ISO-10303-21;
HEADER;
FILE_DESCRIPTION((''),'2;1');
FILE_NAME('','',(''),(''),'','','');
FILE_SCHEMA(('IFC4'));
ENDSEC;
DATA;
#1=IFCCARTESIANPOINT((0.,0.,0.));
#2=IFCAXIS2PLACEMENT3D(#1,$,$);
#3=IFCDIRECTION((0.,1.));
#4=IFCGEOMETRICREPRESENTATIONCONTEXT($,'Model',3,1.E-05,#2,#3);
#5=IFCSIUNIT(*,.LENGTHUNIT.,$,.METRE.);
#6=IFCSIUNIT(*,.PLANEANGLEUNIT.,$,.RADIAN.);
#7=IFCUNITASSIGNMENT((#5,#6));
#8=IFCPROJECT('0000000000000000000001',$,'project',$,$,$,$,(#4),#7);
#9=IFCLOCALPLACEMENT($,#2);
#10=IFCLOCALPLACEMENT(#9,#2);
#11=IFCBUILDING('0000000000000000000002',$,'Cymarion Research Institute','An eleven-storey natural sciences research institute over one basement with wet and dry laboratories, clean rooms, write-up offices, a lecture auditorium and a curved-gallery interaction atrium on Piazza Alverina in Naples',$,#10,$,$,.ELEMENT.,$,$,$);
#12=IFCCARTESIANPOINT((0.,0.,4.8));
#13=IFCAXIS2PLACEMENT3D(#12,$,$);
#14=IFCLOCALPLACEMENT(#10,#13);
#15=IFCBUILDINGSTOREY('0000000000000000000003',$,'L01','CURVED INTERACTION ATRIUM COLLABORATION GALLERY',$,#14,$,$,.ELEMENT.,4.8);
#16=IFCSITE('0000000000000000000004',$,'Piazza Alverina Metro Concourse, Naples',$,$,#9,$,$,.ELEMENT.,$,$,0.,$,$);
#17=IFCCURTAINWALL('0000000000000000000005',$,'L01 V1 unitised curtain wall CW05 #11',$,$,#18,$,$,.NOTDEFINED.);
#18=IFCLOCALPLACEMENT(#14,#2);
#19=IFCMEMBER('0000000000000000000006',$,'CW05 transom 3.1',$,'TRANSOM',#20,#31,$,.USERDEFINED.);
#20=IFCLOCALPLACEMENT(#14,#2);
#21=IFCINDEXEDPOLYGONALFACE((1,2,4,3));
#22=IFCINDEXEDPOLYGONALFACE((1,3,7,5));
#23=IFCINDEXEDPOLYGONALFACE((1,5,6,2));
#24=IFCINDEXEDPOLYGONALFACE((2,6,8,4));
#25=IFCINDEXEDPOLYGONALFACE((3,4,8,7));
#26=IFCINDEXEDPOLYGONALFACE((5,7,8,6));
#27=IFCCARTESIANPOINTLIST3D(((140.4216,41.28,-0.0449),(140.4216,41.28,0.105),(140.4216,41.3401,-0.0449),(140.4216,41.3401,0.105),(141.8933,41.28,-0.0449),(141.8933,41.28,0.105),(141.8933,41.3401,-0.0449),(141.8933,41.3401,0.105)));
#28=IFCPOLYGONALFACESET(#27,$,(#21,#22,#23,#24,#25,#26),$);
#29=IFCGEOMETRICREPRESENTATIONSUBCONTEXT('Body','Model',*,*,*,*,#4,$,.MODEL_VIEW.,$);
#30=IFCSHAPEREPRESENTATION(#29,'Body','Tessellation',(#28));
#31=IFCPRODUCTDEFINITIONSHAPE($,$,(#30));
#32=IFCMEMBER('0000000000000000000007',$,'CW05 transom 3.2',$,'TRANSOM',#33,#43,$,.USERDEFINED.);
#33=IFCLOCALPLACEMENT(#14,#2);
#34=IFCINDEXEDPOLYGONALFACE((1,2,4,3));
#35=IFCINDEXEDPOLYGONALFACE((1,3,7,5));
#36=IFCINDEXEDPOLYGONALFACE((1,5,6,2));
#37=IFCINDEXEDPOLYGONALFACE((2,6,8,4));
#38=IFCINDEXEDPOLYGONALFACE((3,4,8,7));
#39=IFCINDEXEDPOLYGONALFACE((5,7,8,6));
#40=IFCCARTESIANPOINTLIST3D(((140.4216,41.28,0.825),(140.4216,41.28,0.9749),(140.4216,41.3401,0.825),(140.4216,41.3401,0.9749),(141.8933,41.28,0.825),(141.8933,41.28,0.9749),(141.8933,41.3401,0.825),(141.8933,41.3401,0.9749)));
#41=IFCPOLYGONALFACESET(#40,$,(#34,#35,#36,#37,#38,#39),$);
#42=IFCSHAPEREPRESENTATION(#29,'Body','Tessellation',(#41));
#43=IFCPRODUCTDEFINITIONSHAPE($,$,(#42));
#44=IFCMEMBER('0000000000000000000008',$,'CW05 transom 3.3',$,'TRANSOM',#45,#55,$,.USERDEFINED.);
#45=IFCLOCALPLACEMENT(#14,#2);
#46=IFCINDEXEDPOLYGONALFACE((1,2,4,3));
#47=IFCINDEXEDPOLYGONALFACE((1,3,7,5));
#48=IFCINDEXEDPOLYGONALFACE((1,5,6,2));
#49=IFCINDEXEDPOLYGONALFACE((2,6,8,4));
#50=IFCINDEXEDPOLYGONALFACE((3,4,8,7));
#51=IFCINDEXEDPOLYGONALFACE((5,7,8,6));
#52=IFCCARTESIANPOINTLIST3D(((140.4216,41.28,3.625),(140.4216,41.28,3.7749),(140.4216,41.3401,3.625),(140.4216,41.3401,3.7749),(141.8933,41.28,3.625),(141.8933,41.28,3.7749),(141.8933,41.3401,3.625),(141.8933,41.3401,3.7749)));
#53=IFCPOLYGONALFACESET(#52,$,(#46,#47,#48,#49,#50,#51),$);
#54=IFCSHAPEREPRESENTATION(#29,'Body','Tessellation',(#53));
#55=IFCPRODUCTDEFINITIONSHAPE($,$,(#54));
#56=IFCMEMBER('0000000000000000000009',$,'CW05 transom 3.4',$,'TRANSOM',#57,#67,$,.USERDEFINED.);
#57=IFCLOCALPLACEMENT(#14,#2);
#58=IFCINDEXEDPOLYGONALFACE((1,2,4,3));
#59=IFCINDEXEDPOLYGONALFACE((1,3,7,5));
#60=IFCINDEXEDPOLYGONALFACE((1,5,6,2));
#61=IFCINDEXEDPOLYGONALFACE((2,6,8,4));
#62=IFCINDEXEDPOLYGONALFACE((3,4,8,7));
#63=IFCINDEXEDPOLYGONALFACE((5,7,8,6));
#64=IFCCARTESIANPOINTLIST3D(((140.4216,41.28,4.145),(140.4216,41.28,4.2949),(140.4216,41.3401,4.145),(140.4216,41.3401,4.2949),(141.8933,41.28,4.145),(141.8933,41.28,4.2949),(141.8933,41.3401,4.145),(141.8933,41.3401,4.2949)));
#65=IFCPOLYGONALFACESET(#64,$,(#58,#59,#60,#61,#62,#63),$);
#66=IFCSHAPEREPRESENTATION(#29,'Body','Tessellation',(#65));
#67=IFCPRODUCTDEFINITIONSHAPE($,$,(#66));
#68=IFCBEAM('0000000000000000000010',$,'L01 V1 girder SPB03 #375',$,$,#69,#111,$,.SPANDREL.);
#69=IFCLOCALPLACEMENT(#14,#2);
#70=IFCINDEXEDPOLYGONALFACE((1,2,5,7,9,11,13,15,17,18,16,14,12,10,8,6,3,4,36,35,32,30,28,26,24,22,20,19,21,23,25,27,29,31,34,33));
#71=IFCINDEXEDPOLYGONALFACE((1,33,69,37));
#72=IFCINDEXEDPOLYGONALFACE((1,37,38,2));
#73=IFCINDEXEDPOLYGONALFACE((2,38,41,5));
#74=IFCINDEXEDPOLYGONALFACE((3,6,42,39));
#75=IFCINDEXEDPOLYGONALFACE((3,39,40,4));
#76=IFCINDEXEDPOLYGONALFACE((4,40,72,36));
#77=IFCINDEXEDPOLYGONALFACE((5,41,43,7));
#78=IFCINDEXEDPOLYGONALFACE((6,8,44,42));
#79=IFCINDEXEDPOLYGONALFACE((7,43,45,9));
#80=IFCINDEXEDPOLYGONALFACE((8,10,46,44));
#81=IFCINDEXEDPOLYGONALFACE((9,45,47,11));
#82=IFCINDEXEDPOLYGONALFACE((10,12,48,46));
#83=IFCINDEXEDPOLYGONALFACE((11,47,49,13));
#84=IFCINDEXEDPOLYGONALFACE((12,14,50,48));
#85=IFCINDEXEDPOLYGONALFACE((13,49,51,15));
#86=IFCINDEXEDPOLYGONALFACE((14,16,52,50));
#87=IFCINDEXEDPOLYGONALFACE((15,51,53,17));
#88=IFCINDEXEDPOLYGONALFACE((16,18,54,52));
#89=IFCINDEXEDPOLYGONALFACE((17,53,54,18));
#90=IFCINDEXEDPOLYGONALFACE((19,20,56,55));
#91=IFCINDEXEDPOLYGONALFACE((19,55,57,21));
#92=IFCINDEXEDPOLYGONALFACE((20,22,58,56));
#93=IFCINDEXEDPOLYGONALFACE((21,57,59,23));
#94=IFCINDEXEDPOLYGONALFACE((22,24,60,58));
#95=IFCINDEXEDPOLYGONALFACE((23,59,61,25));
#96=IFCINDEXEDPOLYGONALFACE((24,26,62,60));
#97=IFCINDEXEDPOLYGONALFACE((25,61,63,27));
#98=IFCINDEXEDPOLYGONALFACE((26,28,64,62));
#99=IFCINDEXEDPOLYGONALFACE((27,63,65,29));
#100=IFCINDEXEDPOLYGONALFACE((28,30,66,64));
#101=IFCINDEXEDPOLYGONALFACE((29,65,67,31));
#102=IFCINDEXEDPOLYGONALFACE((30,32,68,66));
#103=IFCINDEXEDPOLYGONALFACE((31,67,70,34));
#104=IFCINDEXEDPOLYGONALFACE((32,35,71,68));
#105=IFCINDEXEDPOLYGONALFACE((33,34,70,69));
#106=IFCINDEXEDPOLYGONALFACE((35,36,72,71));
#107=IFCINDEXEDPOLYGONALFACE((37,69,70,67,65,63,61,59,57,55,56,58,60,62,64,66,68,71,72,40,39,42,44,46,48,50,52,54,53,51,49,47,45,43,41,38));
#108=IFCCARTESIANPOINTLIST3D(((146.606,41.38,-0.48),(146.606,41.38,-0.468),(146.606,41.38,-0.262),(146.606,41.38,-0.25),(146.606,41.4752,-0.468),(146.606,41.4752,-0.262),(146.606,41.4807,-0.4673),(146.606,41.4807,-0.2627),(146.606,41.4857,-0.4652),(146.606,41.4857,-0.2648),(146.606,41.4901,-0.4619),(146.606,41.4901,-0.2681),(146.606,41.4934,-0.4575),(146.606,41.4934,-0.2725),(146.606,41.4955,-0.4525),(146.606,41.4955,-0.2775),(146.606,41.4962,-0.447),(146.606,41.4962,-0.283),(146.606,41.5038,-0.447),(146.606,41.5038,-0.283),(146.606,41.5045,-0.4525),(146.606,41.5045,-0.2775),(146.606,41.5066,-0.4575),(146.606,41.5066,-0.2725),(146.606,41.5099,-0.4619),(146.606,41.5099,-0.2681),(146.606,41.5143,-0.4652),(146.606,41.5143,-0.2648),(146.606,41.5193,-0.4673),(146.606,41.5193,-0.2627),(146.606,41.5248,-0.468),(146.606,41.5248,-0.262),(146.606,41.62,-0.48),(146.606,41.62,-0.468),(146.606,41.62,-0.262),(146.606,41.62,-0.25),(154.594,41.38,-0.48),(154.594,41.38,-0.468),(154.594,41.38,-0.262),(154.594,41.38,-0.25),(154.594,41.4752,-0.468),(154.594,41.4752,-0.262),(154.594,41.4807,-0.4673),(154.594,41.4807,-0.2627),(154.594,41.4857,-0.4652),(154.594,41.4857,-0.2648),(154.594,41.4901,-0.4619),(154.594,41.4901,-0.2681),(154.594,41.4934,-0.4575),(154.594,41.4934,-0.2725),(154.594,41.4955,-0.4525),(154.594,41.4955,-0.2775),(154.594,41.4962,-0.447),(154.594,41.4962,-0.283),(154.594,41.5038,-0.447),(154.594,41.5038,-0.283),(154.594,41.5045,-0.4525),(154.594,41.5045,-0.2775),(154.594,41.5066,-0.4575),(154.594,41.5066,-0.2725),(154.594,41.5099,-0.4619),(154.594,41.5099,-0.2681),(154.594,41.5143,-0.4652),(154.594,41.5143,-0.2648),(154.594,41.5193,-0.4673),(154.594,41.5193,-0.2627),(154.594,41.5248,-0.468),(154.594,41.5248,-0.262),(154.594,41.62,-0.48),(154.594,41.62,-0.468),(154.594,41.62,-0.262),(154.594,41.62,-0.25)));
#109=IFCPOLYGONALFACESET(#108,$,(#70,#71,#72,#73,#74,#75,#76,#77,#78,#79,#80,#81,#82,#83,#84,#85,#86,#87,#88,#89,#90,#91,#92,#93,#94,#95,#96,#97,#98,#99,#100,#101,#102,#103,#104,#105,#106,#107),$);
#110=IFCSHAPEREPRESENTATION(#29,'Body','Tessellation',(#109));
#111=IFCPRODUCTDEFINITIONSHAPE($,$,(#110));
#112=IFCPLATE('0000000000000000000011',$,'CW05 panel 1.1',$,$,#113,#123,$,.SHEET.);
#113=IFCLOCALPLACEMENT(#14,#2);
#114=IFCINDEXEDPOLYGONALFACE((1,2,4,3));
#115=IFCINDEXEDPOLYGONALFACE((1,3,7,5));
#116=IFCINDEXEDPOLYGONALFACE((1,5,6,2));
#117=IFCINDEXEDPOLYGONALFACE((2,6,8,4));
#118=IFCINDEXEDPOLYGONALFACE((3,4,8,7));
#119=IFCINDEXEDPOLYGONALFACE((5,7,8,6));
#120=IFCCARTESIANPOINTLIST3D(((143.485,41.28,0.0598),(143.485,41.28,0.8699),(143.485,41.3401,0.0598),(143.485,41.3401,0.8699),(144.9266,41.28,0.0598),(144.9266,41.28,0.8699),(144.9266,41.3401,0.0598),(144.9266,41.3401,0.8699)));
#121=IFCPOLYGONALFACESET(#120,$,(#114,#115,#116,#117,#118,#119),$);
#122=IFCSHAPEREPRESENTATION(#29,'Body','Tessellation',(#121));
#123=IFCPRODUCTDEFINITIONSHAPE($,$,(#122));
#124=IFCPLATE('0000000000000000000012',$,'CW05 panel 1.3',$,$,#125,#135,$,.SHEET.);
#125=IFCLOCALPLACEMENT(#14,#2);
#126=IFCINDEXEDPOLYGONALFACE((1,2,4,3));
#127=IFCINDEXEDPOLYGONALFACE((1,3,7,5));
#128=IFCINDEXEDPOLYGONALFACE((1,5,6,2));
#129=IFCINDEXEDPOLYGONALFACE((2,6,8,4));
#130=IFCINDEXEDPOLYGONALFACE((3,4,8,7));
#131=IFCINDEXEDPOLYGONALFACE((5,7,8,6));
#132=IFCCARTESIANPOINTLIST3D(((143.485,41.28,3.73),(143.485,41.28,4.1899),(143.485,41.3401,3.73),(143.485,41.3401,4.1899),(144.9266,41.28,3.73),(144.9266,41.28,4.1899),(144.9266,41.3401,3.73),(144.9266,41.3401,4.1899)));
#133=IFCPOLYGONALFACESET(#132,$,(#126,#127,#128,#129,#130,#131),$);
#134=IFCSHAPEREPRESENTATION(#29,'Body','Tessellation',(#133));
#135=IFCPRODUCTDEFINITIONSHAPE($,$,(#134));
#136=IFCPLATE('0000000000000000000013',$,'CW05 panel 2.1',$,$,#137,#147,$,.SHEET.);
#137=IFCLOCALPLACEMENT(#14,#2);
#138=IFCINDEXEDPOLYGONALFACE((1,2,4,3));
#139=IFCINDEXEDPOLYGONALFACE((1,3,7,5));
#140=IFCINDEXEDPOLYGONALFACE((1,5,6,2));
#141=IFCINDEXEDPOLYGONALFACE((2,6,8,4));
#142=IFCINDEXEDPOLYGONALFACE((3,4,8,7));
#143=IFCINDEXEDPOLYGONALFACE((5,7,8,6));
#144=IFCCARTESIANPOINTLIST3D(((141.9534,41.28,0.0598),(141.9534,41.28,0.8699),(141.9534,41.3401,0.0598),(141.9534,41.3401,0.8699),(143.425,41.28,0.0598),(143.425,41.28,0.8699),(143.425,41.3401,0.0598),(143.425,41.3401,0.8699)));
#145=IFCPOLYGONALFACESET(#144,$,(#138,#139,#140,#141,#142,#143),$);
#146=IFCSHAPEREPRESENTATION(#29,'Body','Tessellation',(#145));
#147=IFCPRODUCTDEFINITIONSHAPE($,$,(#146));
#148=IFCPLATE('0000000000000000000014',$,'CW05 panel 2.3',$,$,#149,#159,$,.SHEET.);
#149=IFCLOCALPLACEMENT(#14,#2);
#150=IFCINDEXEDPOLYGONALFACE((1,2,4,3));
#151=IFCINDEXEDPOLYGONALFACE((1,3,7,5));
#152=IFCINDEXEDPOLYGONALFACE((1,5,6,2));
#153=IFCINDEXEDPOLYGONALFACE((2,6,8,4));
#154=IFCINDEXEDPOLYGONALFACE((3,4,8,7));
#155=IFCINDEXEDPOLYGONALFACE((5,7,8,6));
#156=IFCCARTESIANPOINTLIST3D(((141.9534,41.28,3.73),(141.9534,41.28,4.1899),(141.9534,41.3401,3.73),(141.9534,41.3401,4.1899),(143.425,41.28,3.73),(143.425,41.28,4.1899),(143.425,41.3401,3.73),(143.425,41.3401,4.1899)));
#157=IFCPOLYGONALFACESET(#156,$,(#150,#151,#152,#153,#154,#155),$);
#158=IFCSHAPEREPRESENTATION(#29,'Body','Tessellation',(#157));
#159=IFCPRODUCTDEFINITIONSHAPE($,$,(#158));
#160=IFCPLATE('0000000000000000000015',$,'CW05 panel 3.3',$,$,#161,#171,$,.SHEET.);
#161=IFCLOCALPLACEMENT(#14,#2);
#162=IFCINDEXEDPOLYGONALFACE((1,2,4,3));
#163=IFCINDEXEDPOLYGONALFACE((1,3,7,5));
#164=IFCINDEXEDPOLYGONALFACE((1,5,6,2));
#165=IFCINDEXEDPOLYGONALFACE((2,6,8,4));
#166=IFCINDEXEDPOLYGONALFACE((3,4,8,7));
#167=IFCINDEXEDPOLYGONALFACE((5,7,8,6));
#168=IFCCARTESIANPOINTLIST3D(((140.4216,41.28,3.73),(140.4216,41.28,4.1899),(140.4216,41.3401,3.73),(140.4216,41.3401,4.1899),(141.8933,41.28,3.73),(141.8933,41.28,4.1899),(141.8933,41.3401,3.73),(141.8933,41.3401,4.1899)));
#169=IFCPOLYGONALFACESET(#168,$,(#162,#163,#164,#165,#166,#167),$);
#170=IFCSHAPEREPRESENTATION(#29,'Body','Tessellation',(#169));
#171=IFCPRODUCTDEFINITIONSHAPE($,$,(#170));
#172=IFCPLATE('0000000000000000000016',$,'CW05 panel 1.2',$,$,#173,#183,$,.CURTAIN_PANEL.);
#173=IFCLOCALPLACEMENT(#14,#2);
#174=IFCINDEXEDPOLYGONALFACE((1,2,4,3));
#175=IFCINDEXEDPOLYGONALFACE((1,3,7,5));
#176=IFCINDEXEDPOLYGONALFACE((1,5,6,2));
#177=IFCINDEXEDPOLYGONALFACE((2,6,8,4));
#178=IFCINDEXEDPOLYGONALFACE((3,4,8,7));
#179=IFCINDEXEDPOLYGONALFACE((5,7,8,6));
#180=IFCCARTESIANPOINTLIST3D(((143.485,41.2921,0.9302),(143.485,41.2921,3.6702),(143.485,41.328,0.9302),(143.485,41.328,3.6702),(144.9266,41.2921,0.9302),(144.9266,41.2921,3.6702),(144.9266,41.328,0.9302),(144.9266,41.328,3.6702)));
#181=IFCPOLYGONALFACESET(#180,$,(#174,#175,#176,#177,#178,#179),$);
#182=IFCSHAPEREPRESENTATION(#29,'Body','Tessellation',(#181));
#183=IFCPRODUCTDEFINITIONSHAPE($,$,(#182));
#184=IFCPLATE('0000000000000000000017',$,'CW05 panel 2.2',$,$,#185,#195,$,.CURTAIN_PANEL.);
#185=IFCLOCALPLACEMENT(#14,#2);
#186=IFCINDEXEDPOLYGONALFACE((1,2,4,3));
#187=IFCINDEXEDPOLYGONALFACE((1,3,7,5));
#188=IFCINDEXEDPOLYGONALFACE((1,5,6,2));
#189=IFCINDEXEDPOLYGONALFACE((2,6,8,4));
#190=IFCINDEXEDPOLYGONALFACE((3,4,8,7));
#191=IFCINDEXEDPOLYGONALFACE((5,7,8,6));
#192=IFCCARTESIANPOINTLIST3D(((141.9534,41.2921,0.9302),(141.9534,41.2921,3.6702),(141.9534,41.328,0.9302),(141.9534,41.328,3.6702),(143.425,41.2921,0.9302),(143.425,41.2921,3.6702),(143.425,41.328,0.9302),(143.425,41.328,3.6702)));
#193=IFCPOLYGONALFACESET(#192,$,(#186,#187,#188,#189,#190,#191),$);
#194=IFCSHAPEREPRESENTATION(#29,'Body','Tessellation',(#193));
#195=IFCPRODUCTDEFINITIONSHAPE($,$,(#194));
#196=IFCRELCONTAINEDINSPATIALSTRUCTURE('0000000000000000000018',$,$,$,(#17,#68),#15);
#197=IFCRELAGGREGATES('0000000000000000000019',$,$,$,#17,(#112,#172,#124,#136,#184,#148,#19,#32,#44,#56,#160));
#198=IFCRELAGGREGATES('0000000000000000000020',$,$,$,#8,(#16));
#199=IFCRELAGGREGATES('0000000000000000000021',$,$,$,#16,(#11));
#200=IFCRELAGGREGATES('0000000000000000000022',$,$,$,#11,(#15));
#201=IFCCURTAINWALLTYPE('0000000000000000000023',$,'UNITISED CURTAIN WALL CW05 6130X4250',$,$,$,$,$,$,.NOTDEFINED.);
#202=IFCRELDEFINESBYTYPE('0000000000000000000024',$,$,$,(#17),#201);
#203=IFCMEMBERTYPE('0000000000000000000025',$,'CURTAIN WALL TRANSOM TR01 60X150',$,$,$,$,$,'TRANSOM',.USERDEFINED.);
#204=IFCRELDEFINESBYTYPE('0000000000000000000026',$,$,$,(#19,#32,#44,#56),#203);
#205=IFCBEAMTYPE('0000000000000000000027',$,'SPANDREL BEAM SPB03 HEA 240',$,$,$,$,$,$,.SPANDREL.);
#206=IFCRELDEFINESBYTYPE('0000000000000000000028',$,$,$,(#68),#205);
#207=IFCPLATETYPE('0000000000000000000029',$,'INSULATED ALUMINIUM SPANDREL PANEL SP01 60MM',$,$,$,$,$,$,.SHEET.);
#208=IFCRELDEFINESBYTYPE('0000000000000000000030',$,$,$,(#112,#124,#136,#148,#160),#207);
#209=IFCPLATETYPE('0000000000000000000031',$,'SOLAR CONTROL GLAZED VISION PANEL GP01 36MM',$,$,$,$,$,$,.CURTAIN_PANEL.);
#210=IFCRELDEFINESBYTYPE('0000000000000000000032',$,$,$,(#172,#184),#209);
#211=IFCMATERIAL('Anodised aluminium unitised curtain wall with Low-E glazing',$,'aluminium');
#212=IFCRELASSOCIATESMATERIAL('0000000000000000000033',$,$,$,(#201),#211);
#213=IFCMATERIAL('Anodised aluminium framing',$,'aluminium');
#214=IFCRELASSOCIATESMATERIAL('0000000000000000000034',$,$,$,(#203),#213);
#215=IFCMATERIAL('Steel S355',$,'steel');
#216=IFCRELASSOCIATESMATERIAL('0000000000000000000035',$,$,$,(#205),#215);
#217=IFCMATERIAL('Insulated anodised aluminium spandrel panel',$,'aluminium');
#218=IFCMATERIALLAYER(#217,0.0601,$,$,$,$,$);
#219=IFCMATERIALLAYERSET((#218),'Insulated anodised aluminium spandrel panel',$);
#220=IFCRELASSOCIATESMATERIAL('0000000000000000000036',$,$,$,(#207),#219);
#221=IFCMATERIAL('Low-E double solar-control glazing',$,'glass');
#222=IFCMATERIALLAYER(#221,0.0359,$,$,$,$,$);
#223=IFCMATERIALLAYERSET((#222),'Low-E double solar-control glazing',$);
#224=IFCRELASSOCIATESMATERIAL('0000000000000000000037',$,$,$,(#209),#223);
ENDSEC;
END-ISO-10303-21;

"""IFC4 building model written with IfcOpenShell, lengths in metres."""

from ifc_helpers import new_model, si_unit, direction, frame, origin, origin_2d, place, context, subcontext, project, spatial, rectangle, i_section, extrude, material, layer, layer_set, material_profile, profile_set, type_object, element, aggregate, save


model = new_model("IFC4")

# Units and contexts
model_context = context("Model", 3, precision=1e-05, world=origin(), true_north=direction((0.0, 1.0)))
body_context = subcontext(model_context, "Body", "Model", "MODEL_VIEW")
ifc_project = project(units=[si_unit("LENGTHUNIT", "METRE"), si_unit("PLANEANGLEUNIT", "RADIAN")], contexts=[model_context])

# Site, building, storey
site_placement = place(None, origin())
site = spatial("IfcSite", under=ifc_project, at=site_placement, Name="Piazza Alverina Metro Concourse, Naples", CompositionType="ELEMENT", RefElevation=0.0)
building_placement = place(site_placement, origin())
building = spatial("IfcBuilding", under=site, at=building_placement, Name="Cymarion Research Institute", Description="An eleven-storey natural sciences research institute over one basement with wet and dry laboratories, clean rooms, write-up offices, a lecture auditorium and a curved-gallery interaction atrium on Piazza Alverina in Naples", CompositionType="ELEMENT")
storey_placement = place(building_placement, frame((0.0, 0.0, 4.8)))
storey = spatial("IfcBuildingStorey", under=building, at=storey_placement, Name="L01", Description="CURVED INTERACTION ATRIUM COLLABORATION GALLERY", CompositionType="ELEMENT", Elevation=4.8)

# Shared definitions
ifc_material_1 = material(Name="Steel S355", Category="steel")

# Curtain wall, members
ifc_material_2 = material(Name="Anodised aluminium unitised curtain wall with Low-E glazing", Category="aluminium")
curtain_wall_type = type_object("IfcCurtainWallType", Name="UNITISED CURTAIN WALL CW05 6130X4250", PredefinedType="NOTDEFINED", material=ifc_material_2)
curtain_wall_placement = place(storey_placement, origin())
curtain_wall = element("IfcCurtainWall", 1, at=curtain_wall_placement, inside=storey, type_object=curtain_wall_type, Name="L01 V1 unitised curtain wall CW05 #11", PredefinedType="NOTDEFINED")
ifc_material_3 = material(Name="Anodised aluminium framing", Category="aluminium")
ifc_material_profile_1 = material_profile(ifc_material_3, rectangle(XDim=0.0601, YDim=0.1499, at=origin_2d()), Name="ALU TRANSOM 60x150")
ifc_profile_set_1 = profile_set([ifc_material_profile_1], Name="Anodised aluminium framing")
member_type_1 = type_object("IfcMemberType", Name="CURTAIN WALL TRANSOM TR01 60X150", ElementType="TRANSOM", PredefinedType="USERDEFINED", material=ifc_profile_set_1)
member_1_placement = place(storey_placement, frame((141.8933, 41.3101, 0.03), z_axis=(-1.0, 0.0, 0.0), x_axis=(0.0, -1.0, 0.0)))
member_1 = element("IfcMember", 2, at=member_1_placement, type_object=member_type_1, Name="CW05 transom 3.1", ObjectType="TRANSOM", PredefinedType="USERDEFINED", context=body_context, shape_type="SweptSolid", body=[
    extrude(rectangle(XDim=0.0601, YDim=0.1499, at=origin_2d()), origin(), (0.0, 0.0, 1.0), 1.4717),
])
member_2_placement = place(storey_placement, frame((141.8933, 41.3101, 0.8999), z_axis=(-1.0, 0.0, 0.0), x_axis=(0.0, -1.0, 0.0)))
member_2 = element("IfcMember", 3, at=member_2_placement, type_object=member_type_1, Name="CW05 transom 3.2", ObjectType="TRANSOM", PredefinedType="USERDEFINED", context=body_context, shape_type="SweptSolid", body=[
    extrude(rectangle(XDim=0.0601, YDim=0.1499, at=origin_2d()), origin(), (0.0, 0.0, 1.0), 1.4717),
])
member_3_placement = place(storey_placement, frame((141.8933, 41.3101, 3.7), z_axis=(-1.0, 0.0, 0.0), x_axis=(0.0, -1.0, 0.0)))
member_3 = element("IfcMember", 4, at=member_3_placement, type_object=member_type_1, Name="CW05 transom 3.3", ObjectType="TRANSOM", PredefinedType="USERDEFINED", context=body_context, shape_type="SweptSolid", body=[
    extrude(rectangle(XDim=0.0601, YDim=0.1499, at=origin_2d()), origin(), (0.0, 0.0, 1.0), 1.4717),
])
member_4_placement = place(storey_placement, frame((141.8933, 41.3101, 4.22), z_axis=(-1.0, 0.0, 0.0), x_axis=(0.0, -1.0, 0.0)))
member_4 = element("IfcMember", 5, at=member_4_placement, type_object=member_type_1, Name="CW05 transom 3.4", ObjectType="TRANSOM", PredefinedType="USERDEFINED", context=body_context, shape_type="SweptSolid", body=[
    extrude(rectangle(XDim=0.0601, YDim=0.1499, at=origin_2d()), origin(), (0.0, 0.0, 1.0), 1.4717),
])

# Beam
ifc_material_profile_2 = material_profile(ifc_material_1, i_section(OverallWidth=0.24, OverallDepth=0.23, WebThickness=0.0076, FlangeThickness=0.012, FilletRadius=0.021, at=origin_2d()), Name="HEA 240")
ifc_profile_set_2 = profile_set([ifc_material_profile_2], Name="Steel S355")
beam_type = type_object("IfcBeamType", Name="SPANDREL BEAM SPB03 HEA 240", PredefinedType="SPANDREL", material=ifc_profile_set_2)
beam_placement = place(storey_placement, frame((146.606, 41.5, -0.365), z_axis=(1.0, 0.0, 0.0), x_axis=(0.0, 1.0, 0.0)))
element("IfcBeam", 6, at=beam_placement, inside=storey, type_object=beam_type, Name="L01 V1 girder SPB03 #375", PredefinedType="SPANDREL", context=body_context, shape_type="SweptSolid", body=[
    extrude(i_section(OverallWidth=0.24, OverallDepth=0.23, WebThickness=0.0076, FlangeThickness=0.012, FilletRadius=0.021, at=origin_2d()), origin(), (0.0, 0.0, 1.0), 7.988),
])

# Plates
ifc_material_4 = material(Name="Insulated anodised aluminium spandrel panel", Category="aluminium")
ifc_layer_1 = layer(ifc_material_4, 0.0601)
ifc_layer_set_1 = layer_set([ifc_layer_1], Name="Insulated anodised aluminium spandrel panel")
plate_type_1 = type_object("IfcPlateType", Name="INSULATED ALUMINIUM SPANDREL PANEL SP01 60MM", PredefinedType="SHEET", material=ifc_layer_set_1)
plate_1_placement = place(storey_placement, frame((144.2058, 41.3101, 0.0598), z_axis=(0.0, 0.0, 1.0), x_axis=(-1.0, 0.0, 0.0)))
plate_1 = element("IfcPlate", 7, at=plate_1_placement, type_object=plate_type_1, Name="CW05 panel 1.1", PredefinedType="SHEET", context=body_context, shape_type="SweptSolid", body=[
    extrude(rectangle(XDim=1.4417, YDim=0.0601, at=origin_2d()), origin(), (0.0, 0.0, 1.0), 0.8101),
])
plate_2_placement = place(storey_placement, frame((144.2058, 41.3101, 3.73), z_axis=(0.0, 0.0, 1.0), x_axis=(-1.0, 0.0, 0.0)))
plate_2 = element("IfcPlate", 8, at=plate_2_placement, type_object=plate_type_1, Name="CW05 panel 1.3", PredefinedType="SHEET", context=body_context, shape_type="SweptSolid", body=[
    extrude(rectangle(XDim=1.4417, YDim=0.0601, at=origin_2d()), origin(), (0.0, 0.0, 1.0), 0.46),
])
plate_3_placement = place(storey_placement, frame((142.6892, 41.3101, 0.0598), z_axis=(0.0, 0.0, 1.0), x_axis=(-1.0, 0.0, 0.0)))
plate_3 = element("IfcPlate", 9, at=plate_3_placement, type_object=plate_type_1, Name="CW05 panel 2.1", PredefinedType="SHEET", context=body_context, shape_type="SweptSolid", body=[
    extrude(rectangle(XDim=1.4717, YDim=0.0601, at=origin_2d()), origin(), (0.0, 0.0, 1.0), 0.8101),
])
plate_4_placement = place(storey_placement, frame((142.6892, 41.3101, 3.73), z_axis=(0.0, 0.0, 1.0), x_axis=(-1.0, 0.0, 0.0)))
plate_4 = element("IfcPlate", 10, at=plate_4_placement, type_object=plate_type_1, Name="CW05 panel 2.3", PredefinedType="SHEET", context=body_context, shape_type="SweptSolid", body=[
    extrude(rectangle(XDim=1.4717, YDim=0.0601, at=origin_2d()), origin(), (0.0, 0.0, 1.0), 0.46),
])
plate_5_placement = place(storey_placement, frame((141.1575, 41.3101, 3.73), z_axis=(0.0, 0.0, 1.0), x_axis=(-1.0, 0.0, 0.0)))
plate_5 = element("IfcPlate", 11, at=plate_5_placement, type_object=plate_type_1, Name="CW05 panel 3.3", PredefinedType="SHEET", context=body_context, shape_type="SweptSolid", body=[
    extrude(rectangle(XDim=1.4717, YDim=0.0601, at=origin_2d()), origin(), (0.0, 0.0, 1.0), 0.46),
])
ifc_material_5 = material(Name="Low-E double solar-control glazing", Category="glass")
ifc_layer_2 = layer(ifc_material_5, 0.0359)
ifc_layer_set_2 = layer_set([ifc_layer_2], Name="Low-E double solar-control glazing")
plate_type_2 = type_object("IfcPlateType", Name="SOLAR CONTROL GLAZED VISION PANEL GP01 36MM", PredefinedType="CURTAIN_PANEL", material=ifc_layer_set_2)
plate_6_placement = place(storey_placement, frame((144.2058, 41.3101, 0.9302), z_axis=(0.0, 0.0, 1.0), x_axis=(-1.0, 0.0, 0.0)))
plate_6 = element("IfcPlate", 12, at=plate_6_placement, type_object=plate_type_2, Name="CW05 panel 1.2", PredefinedType="CURTAIN_PANEL", context=body_context, shape_type="SweptSolid", body=[
    extrude(rectangle(XDim=1.4417, YDim=0.0359, at=origin_2d()), origin(), (0.0, 0.0, 1.0), 2.74),
])
plate_7_placement = place(storey_placement, frame((142.6892, 41.3101, 0.9302), z_axis=(0.0, 0.0, 1.0), x_axis=(-1.0, 0.0, 0.0)))
plate_7 = element("IfcPlate", 13, at=plate_7_placement, type_object=plate_type_2, Name="CW05 panel 2.2", PredefinedType="CURTAIN_PANEL", context=body_context, shape_type="SweptSolid", body=[
    extrude(rectangle(XDim=1.4717, YDim=0.0359, at=origin_2d()), origin(), (0.0, 0.0, 1.0), 2.74),
])
aggregate(curtain_wall, [plate_1, plate_6, plate_2, plate_3, plate_7, plate_4, member_1, member_2, member_3, member_4, plate_5])

save(model, "model.ifc")
